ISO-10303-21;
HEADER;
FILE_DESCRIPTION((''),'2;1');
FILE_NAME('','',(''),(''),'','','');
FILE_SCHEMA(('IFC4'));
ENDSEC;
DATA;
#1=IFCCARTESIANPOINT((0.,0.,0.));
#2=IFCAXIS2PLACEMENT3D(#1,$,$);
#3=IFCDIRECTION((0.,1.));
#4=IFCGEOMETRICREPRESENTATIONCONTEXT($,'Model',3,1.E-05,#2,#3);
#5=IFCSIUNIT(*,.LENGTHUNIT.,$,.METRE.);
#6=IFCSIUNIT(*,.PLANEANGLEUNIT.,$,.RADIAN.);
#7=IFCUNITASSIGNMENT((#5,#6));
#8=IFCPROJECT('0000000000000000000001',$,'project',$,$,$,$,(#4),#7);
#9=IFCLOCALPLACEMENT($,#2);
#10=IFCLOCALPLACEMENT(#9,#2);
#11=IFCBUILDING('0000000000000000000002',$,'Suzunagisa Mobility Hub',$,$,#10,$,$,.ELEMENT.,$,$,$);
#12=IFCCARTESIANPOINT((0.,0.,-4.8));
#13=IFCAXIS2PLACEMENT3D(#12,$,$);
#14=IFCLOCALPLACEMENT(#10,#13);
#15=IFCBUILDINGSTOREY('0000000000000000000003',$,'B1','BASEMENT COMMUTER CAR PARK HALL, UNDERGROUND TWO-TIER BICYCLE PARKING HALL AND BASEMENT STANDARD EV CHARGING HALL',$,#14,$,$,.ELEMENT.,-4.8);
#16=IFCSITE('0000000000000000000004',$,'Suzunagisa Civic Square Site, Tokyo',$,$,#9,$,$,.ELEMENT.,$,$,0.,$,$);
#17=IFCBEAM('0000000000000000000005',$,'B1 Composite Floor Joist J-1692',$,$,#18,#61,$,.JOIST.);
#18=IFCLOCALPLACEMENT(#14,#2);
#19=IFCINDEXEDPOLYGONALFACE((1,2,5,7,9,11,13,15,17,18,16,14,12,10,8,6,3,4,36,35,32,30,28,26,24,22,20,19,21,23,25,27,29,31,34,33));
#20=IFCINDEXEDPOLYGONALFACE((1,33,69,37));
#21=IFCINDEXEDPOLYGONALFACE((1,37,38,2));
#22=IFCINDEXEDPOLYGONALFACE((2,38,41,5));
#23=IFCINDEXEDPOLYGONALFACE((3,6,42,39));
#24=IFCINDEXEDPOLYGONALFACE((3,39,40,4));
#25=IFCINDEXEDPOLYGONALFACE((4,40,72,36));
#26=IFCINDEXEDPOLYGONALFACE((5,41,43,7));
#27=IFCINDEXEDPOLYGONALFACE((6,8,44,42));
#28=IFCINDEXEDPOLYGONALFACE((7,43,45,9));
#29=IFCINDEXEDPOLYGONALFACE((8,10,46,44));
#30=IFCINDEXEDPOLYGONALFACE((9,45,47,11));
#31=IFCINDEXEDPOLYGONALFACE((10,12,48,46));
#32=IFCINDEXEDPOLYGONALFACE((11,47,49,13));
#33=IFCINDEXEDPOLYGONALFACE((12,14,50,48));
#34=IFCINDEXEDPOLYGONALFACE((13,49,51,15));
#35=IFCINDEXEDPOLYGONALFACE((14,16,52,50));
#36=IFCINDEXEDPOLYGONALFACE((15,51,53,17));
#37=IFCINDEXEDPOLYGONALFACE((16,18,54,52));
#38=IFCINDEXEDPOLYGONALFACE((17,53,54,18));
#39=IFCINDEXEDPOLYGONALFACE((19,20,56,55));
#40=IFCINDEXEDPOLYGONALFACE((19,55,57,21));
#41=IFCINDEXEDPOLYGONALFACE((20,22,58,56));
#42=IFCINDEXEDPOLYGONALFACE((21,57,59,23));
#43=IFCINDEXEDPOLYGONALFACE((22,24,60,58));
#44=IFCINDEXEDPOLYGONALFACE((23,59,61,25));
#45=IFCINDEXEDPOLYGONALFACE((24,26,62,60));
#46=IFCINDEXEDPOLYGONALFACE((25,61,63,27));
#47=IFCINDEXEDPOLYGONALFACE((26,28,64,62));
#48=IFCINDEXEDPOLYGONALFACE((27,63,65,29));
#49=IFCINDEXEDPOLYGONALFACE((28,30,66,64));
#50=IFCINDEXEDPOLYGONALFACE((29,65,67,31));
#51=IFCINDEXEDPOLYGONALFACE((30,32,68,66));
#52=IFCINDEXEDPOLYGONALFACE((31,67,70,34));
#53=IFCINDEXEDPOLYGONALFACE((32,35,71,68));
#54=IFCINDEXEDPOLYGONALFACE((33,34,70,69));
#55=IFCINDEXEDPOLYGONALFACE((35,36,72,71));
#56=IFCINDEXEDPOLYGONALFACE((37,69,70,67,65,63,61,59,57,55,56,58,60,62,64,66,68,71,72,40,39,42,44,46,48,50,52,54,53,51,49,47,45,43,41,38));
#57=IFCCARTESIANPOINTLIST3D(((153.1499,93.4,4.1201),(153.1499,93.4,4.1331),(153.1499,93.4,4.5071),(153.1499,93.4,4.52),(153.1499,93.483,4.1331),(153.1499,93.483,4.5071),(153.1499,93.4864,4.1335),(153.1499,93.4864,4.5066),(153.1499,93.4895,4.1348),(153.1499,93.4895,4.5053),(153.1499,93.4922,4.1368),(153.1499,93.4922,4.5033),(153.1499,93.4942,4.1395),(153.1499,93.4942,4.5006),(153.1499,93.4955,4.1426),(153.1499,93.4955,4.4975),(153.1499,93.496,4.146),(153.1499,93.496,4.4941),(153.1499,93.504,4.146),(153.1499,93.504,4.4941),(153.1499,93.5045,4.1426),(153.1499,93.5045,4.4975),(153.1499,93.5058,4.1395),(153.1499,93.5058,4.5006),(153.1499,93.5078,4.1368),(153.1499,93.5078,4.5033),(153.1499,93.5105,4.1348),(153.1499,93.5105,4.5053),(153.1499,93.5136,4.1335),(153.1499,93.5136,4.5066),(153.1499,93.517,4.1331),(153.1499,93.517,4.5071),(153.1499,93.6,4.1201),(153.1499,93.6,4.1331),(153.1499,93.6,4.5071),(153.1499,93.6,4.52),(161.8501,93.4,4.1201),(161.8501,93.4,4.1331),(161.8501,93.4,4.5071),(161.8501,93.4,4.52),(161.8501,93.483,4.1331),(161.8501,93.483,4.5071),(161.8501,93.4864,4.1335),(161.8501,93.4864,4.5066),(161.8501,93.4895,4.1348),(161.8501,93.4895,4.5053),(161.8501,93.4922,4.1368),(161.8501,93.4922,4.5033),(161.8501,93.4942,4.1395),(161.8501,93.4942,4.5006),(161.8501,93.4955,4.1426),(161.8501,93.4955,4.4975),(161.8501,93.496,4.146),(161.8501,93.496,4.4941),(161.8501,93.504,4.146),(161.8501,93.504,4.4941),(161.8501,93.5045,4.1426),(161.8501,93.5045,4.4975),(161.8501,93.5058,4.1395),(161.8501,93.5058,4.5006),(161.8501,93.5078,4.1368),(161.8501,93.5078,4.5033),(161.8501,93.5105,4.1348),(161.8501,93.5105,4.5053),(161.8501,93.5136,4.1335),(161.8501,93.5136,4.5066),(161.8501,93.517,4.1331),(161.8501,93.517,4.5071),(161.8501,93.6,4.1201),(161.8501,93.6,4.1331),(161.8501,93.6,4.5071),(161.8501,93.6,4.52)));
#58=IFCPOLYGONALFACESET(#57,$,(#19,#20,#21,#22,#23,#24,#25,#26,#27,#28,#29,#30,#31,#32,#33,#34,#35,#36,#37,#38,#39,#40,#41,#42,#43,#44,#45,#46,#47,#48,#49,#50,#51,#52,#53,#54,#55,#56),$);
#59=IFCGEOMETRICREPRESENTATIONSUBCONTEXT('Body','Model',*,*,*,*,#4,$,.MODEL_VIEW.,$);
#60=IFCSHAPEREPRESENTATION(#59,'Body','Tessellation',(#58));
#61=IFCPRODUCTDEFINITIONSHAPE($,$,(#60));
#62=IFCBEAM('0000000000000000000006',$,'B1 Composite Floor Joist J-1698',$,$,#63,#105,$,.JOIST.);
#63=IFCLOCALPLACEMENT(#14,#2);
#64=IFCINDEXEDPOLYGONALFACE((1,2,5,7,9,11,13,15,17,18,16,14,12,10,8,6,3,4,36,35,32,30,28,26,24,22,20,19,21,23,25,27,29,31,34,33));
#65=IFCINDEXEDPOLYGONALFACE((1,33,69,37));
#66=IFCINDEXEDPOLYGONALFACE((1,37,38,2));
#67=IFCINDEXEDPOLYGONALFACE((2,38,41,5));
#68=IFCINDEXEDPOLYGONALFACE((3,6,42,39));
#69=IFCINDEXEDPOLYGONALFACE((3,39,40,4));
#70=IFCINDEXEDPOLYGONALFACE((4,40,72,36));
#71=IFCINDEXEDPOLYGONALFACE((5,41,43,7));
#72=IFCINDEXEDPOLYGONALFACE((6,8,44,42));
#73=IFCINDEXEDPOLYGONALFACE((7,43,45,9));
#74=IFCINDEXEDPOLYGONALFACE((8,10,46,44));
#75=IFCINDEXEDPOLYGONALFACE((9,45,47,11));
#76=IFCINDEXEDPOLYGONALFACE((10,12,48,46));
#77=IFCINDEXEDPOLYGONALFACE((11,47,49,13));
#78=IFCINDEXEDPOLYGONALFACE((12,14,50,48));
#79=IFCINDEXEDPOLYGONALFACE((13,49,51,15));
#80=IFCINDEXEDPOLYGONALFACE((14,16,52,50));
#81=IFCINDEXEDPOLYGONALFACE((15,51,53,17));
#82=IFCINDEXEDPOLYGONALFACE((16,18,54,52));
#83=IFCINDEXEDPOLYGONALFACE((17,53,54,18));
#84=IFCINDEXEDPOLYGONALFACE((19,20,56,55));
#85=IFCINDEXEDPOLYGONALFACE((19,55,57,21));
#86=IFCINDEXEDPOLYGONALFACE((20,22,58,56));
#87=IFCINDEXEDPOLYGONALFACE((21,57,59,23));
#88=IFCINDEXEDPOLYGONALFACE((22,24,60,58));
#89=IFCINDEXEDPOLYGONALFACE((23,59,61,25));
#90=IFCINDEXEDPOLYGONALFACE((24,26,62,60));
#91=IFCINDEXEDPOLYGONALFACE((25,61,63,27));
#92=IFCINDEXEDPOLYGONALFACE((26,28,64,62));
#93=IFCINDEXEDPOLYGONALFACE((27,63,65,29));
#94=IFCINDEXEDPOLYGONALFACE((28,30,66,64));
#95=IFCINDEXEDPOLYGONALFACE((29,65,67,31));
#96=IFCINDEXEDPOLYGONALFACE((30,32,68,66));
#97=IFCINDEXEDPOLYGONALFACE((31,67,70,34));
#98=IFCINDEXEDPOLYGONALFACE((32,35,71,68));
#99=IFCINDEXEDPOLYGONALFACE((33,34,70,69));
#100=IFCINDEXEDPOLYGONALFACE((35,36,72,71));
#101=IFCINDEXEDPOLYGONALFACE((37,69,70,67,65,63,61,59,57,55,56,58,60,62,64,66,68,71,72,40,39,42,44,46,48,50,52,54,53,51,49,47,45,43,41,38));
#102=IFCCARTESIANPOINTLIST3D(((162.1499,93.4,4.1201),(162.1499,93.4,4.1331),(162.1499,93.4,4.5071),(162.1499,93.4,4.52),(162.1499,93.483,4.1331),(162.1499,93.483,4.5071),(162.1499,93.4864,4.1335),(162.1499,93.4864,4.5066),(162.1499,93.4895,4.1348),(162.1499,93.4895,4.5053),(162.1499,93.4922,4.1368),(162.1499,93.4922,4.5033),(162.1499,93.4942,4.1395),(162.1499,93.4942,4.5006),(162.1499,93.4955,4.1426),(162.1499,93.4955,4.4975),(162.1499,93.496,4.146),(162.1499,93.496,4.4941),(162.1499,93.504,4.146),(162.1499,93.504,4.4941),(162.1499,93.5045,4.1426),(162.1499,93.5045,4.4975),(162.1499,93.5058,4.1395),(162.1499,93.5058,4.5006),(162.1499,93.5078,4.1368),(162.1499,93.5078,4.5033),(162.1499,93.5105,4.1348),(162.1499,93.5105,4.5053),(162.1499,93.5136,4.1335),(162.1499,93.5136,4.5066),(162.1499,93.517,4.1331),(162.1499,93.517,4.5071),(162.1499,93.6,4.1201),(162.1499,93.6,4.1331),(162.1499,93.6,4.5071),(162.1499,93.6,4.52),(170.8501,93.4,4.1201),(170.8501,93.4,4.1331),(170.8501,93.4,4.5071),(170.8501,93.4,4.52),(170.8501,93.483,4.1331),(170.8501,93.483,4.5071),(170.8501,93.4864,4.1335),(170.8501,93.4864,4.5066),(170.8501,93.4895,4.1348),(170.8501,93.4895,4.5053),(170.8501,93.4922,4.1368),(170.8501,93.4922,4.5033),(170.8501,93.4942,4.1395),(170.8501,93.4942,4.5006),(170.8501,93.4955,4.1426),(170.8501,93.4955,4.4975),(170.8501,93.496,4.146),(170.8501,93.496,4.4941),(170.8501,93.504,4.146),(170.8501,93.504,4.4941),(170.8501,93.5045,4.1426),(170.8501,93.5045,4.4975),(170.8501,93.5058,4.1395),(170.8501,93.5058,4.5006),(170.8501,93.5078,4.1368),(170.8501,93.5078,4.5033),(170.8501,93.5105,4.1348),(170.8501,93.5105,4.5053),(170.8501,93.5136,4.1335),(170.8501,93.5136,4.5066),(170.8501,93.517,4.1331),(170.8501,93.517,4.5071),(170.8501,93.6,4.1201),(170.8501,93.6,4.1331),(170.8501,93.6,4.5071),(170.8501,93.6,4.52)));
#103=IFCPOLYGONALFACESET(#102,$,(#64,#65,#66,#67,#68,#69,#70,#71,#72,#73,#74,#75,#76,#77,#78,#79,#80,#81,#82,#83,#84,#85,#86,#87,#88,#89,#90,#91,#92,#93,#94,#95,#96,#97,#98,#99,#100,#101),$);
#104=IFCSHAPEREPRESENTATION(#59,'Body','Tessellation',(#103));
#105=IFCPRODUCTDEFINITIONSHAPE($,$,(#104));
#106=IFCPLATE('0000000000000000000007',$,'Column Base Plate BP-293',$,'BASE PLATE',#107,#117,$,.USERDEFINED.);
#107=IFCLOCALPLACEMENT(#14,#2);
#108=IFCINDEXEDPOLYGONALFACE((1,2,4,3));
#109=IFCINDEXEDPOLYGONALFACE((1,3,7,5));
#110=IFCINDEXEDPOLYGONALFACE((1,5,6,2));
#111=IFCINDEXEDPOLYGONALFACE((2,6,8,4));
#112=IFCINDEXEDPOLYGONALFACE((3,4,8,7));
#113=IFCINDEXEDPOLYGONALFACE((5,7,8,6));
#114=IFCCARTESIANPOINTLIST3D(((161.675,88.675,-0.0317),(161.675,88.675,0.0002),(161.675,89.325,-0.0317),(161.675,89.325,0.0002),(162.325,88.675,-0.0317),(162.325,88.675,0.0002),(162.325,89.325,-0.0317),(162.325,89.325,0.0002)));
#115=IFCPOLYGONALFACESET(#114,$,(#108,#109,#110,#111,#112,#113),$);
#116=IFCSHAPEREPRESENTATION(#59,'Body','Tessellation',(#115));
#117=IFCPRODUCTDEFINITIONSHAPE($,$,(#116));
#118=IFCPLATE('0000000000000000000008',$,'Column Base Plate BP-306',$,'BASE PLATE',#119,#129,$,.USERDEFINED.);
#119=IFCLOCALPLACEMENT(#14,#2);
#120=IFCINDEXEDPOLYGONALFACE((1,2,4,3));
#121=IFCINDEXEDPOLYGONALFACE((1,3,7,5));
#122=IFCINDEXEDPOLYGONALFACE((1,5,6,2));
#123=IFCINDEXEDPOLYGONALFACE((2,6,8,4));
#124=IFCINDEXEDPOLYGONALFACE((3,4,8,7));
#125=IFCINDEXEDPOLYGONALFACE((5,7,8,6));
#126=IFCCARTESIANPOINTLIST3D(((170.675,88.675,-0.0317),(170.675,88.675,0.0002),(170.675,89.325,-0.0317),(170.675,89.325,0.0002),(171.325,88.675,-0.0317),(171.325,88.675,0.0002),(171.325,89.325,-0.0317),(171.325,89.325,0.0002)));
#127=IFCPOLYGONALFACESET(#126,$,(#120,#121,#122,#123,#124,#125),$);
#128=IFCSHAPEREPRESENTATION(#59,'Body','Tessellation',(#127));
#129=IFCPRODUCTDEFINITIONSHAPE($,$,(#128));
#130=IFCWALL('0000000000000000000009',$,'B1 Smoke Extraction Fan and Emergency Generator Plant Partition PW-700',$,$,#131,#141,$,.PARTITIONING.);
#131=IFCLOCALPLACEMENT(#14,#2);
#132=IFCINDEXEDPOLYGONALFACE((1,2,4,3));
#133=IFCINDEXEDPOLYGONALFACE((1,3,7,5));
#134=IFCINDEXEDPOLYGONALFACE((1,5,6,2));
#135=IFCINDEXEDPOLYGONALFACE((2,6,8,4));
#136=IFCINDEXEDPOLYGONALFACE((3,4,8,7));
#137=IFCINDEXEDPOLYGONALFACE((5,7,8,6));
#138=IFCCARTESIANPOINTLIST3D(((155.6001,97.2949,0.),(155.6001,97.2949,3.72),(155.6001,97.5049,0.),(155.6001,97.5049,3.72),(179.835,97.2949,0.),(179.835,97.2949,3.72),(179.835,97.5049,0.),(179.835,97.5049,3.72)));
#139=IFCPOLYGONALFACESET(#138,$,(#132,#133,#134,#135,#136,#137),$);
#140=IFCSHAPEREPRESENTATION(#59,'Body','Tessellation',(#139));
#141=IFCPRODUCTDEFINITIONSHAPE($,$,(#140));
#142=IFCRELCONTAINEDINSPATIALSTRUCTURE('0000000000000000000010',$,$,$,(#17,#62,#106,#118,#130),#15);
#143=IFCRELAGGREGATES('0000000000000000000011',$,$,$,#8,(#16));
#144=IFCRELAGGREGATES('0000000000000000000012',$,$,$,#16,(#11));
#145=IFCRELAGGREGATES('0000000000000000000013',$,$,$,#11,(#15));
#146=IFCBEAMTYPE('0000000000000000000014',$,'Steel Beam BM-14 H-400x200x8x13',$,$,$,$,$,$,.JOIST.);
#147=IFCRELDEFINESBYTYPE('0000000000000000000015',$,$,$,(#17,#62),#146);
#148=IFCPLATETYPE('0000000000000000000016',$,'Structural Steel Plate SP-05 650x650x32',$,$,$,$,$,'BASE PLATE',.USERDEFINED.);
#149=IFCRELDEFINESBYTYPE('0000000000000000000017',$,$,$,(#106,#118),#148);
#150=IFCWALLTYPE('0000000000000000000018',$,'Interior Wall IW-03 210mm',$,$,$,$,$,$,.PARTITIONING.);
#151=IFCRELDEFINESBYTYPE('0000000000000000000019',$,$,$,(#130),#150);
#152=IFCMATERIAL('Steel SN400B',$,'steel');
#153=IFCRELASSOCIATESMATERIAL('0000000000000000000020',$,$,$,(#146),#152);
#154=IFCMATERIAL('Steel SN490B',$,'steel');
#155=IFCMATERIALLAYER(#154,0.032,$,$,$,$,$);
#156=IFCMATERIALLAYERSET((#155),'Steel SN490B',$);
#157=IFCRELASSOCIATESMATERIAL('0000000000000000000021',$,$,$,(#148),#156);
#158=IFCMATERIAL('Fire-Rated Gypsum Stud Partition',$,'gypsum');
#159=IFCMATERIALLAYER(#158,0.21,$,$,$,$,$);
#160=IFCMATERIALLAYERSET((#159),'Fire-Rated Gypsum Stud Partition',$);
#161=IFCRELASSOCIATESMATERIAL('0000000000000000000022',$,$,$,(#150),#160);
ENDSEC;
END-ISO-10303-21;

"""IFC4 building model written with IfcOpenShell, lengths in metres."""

from ifc_helpers import new_model, si_unit, direction, frame, frame_2d, origin, origin_2d, place, context, subcontext, project, spatial, rectangle, i_section, extrude, material, layer, layer_set, material_profile, profile_set, type_object, element, save


model = new_model("IFC4")

# Units and contexts
model_context = context("Model", 3, precision=1e-05, world=origin(), true_north=direction((0.0, 1.0)))
body_context = subcontext(model_context, "Body", "Model", "MODEL_VIEW")
ifc_project = project(units=[si_unit("LENGTHUNIT", "METRE"), si_unit("PLANEANGLEUNIT", "RADIAN")], contexts=[model_context])

# Site, building, storey
site_placement = place(None, origin())
site = spatial("IfcSite", under=ifc_project, at=site_placement, Name="Suzunagisa Civic Square Site, Tokyo", CompositionType="ELEMENT", RefElevation=0.0)
building_placement = place(site_placement, origin())
building = spatial("IfcBuilding", under=site, at=building_placement, Name="Suzunagisa Mobility Hub", CompositionType="ELEMENT")
storey_placement = place(building_placement, frame((0.0, 0.0, -4.8)))
storey = spatial("IfcBuildingStorey", under=building, at=storey_placement, Name="B1", Description="BASEMENT COMMUTER CAR PARK HALL, UNDERGROUND TWO-TIER BICYCLE PARKING HALL AND BASEMENT STANDARD EV CHARGING HALL", CompositionType="ELEMENT", Elevation=-4.8)

# Shared definitions
ifc_material_1 = material(Name="Steel SN490B", Category="steel")

# Beams
ifc_material_2 = material(Name="Steel SN400B", Category="steel")
ifc_material_profile_1 = material_profile(ifc_material_2, i_section(OverallWidth=0.2, OverallDepth=0.3999, WebThickness=0.0081, FlangeThickness=0.0129, FilletRadius=0.0129, at=origin_2d()), Name="H-400x200x8x13")
ifc_profile_set_1 = profile_set([ifc_material_profile_1], Name="Steel SN400B")
beam_type_1 = type_object("IfcBeamType", Name="Steel Beam BM-14 H-400x200x8x13", PredefinedType="JOIST", material=ifc_profile_set_1)
for number, where, z_axis, x_axis, name in (
    (1, (153.1499, 93.5, 4.3201), (1.0, 0.0, 0.0), (0.0, 1.0, 0.0), "B1 Composite Floor Joist J-1692"),
    (2, (162.1499, 93.5, 4.3201), (1.0, 0.0, 0.0), (0.0, 1.0, 0.0), "B1 Composite Floor Joist J-1698"),
):
    element("IfcBeam", number, at=place(storey_placement, frame(where, z_axis=z_axis, x_axis=x_axis)), inside=storey, type_object=beam_type_1, Name=name, PredefinedType="JOIST", context=body_context, shape_type="SweptSolid", body=[
        extrude(i_section(OverallWidth=0.2, OverallDepth=0.3999, WebThickness=0.0081, FlangeThickness=0.0129, FilletRadius=0.0129, at=origin_2d()), origin(), (0.0, 0.0, 1.0), 8.7002),
    ])

# Plates
ifc_layer_1 = layer(ifc_material_1, 0.032)
ifc_layer_set_1 = layer_set([ifc_layer_1], Name="Steel SN490B")
plate_type = type_object("IfcPlateType", Name="Structural Steel Plate SP-05 650x650x32", ElementType="BASE PLATE", PredefinedType="USERDEFINED", material=ifc_layer_set_1)
for number, where, z_axis, x_axis, name in (
    (3, (162.0, 89.0, -0.0317), (0.0, 0.0, 1.0), (1.0, 0.0, 0.0), "Column Base Plate BP-293"),
    (4, (171.0, 89.0, -0.0317), (0.0, 0.0, 1.0), (1.0, 0.0, 0.0), "Column Base Plate BP-306"),
):
    element("IfcPlate", number, at=place(storey_placement, frame(where, z_axis=z_axis, x_axis=x_axis)), inside=storey, type_object=plate_type, Name=name, ObjectType="BASE PLATE", PredefinedType="USERDEFINED", context=body_context, shape_type="SweptSolid", body=[
        extrude(rectangle(XDim=0.6499, YDim=0.6499, at=origin_2d()), origin(), (0.0, 0.0, 1.0), 0.032),
    ])

# Wall
ifc_material_3 = material(Name="Fire-Rated Gypsum Stud Partition", Category="gypsum")
ifc_layer_2 = layer(ifc_material_3, 0.21)
ifc_layer_set_2 = layer_set([ifc_layer_2], Name="Fire-Rated Gypsum Stud Partition")
wall_type = type_object("IfcWallType", Name="Interior Wall IW-03 210mm", PredefinedType="PARTITIONING", material=ifc_layer_set_2)
wall_placement = place(storey_placement, frame((155.6001, 97.3999, 0.0), z_axis=(0.0, 0.0, 1.0), x_axis=(1.0, 0.0, 0.0)))
element("IfcWall", 5, at=wall_placement, inside=storey, type_object=wall_type, Name="B1 Smoke Extraction Fan and Emergency Generator Plant Partition PW-700", PredefinedType="PARTITIONING", context=body_context, shape_type="SweptSolid", body=[
    extrude(rectangle(XDim=24.2349, YDim=0.21, at=frame_2d((12.1174, 0.0))), origin(), (0.0, 0.0, 1.0), 3.72),
])

save(model, "model.ifc")
